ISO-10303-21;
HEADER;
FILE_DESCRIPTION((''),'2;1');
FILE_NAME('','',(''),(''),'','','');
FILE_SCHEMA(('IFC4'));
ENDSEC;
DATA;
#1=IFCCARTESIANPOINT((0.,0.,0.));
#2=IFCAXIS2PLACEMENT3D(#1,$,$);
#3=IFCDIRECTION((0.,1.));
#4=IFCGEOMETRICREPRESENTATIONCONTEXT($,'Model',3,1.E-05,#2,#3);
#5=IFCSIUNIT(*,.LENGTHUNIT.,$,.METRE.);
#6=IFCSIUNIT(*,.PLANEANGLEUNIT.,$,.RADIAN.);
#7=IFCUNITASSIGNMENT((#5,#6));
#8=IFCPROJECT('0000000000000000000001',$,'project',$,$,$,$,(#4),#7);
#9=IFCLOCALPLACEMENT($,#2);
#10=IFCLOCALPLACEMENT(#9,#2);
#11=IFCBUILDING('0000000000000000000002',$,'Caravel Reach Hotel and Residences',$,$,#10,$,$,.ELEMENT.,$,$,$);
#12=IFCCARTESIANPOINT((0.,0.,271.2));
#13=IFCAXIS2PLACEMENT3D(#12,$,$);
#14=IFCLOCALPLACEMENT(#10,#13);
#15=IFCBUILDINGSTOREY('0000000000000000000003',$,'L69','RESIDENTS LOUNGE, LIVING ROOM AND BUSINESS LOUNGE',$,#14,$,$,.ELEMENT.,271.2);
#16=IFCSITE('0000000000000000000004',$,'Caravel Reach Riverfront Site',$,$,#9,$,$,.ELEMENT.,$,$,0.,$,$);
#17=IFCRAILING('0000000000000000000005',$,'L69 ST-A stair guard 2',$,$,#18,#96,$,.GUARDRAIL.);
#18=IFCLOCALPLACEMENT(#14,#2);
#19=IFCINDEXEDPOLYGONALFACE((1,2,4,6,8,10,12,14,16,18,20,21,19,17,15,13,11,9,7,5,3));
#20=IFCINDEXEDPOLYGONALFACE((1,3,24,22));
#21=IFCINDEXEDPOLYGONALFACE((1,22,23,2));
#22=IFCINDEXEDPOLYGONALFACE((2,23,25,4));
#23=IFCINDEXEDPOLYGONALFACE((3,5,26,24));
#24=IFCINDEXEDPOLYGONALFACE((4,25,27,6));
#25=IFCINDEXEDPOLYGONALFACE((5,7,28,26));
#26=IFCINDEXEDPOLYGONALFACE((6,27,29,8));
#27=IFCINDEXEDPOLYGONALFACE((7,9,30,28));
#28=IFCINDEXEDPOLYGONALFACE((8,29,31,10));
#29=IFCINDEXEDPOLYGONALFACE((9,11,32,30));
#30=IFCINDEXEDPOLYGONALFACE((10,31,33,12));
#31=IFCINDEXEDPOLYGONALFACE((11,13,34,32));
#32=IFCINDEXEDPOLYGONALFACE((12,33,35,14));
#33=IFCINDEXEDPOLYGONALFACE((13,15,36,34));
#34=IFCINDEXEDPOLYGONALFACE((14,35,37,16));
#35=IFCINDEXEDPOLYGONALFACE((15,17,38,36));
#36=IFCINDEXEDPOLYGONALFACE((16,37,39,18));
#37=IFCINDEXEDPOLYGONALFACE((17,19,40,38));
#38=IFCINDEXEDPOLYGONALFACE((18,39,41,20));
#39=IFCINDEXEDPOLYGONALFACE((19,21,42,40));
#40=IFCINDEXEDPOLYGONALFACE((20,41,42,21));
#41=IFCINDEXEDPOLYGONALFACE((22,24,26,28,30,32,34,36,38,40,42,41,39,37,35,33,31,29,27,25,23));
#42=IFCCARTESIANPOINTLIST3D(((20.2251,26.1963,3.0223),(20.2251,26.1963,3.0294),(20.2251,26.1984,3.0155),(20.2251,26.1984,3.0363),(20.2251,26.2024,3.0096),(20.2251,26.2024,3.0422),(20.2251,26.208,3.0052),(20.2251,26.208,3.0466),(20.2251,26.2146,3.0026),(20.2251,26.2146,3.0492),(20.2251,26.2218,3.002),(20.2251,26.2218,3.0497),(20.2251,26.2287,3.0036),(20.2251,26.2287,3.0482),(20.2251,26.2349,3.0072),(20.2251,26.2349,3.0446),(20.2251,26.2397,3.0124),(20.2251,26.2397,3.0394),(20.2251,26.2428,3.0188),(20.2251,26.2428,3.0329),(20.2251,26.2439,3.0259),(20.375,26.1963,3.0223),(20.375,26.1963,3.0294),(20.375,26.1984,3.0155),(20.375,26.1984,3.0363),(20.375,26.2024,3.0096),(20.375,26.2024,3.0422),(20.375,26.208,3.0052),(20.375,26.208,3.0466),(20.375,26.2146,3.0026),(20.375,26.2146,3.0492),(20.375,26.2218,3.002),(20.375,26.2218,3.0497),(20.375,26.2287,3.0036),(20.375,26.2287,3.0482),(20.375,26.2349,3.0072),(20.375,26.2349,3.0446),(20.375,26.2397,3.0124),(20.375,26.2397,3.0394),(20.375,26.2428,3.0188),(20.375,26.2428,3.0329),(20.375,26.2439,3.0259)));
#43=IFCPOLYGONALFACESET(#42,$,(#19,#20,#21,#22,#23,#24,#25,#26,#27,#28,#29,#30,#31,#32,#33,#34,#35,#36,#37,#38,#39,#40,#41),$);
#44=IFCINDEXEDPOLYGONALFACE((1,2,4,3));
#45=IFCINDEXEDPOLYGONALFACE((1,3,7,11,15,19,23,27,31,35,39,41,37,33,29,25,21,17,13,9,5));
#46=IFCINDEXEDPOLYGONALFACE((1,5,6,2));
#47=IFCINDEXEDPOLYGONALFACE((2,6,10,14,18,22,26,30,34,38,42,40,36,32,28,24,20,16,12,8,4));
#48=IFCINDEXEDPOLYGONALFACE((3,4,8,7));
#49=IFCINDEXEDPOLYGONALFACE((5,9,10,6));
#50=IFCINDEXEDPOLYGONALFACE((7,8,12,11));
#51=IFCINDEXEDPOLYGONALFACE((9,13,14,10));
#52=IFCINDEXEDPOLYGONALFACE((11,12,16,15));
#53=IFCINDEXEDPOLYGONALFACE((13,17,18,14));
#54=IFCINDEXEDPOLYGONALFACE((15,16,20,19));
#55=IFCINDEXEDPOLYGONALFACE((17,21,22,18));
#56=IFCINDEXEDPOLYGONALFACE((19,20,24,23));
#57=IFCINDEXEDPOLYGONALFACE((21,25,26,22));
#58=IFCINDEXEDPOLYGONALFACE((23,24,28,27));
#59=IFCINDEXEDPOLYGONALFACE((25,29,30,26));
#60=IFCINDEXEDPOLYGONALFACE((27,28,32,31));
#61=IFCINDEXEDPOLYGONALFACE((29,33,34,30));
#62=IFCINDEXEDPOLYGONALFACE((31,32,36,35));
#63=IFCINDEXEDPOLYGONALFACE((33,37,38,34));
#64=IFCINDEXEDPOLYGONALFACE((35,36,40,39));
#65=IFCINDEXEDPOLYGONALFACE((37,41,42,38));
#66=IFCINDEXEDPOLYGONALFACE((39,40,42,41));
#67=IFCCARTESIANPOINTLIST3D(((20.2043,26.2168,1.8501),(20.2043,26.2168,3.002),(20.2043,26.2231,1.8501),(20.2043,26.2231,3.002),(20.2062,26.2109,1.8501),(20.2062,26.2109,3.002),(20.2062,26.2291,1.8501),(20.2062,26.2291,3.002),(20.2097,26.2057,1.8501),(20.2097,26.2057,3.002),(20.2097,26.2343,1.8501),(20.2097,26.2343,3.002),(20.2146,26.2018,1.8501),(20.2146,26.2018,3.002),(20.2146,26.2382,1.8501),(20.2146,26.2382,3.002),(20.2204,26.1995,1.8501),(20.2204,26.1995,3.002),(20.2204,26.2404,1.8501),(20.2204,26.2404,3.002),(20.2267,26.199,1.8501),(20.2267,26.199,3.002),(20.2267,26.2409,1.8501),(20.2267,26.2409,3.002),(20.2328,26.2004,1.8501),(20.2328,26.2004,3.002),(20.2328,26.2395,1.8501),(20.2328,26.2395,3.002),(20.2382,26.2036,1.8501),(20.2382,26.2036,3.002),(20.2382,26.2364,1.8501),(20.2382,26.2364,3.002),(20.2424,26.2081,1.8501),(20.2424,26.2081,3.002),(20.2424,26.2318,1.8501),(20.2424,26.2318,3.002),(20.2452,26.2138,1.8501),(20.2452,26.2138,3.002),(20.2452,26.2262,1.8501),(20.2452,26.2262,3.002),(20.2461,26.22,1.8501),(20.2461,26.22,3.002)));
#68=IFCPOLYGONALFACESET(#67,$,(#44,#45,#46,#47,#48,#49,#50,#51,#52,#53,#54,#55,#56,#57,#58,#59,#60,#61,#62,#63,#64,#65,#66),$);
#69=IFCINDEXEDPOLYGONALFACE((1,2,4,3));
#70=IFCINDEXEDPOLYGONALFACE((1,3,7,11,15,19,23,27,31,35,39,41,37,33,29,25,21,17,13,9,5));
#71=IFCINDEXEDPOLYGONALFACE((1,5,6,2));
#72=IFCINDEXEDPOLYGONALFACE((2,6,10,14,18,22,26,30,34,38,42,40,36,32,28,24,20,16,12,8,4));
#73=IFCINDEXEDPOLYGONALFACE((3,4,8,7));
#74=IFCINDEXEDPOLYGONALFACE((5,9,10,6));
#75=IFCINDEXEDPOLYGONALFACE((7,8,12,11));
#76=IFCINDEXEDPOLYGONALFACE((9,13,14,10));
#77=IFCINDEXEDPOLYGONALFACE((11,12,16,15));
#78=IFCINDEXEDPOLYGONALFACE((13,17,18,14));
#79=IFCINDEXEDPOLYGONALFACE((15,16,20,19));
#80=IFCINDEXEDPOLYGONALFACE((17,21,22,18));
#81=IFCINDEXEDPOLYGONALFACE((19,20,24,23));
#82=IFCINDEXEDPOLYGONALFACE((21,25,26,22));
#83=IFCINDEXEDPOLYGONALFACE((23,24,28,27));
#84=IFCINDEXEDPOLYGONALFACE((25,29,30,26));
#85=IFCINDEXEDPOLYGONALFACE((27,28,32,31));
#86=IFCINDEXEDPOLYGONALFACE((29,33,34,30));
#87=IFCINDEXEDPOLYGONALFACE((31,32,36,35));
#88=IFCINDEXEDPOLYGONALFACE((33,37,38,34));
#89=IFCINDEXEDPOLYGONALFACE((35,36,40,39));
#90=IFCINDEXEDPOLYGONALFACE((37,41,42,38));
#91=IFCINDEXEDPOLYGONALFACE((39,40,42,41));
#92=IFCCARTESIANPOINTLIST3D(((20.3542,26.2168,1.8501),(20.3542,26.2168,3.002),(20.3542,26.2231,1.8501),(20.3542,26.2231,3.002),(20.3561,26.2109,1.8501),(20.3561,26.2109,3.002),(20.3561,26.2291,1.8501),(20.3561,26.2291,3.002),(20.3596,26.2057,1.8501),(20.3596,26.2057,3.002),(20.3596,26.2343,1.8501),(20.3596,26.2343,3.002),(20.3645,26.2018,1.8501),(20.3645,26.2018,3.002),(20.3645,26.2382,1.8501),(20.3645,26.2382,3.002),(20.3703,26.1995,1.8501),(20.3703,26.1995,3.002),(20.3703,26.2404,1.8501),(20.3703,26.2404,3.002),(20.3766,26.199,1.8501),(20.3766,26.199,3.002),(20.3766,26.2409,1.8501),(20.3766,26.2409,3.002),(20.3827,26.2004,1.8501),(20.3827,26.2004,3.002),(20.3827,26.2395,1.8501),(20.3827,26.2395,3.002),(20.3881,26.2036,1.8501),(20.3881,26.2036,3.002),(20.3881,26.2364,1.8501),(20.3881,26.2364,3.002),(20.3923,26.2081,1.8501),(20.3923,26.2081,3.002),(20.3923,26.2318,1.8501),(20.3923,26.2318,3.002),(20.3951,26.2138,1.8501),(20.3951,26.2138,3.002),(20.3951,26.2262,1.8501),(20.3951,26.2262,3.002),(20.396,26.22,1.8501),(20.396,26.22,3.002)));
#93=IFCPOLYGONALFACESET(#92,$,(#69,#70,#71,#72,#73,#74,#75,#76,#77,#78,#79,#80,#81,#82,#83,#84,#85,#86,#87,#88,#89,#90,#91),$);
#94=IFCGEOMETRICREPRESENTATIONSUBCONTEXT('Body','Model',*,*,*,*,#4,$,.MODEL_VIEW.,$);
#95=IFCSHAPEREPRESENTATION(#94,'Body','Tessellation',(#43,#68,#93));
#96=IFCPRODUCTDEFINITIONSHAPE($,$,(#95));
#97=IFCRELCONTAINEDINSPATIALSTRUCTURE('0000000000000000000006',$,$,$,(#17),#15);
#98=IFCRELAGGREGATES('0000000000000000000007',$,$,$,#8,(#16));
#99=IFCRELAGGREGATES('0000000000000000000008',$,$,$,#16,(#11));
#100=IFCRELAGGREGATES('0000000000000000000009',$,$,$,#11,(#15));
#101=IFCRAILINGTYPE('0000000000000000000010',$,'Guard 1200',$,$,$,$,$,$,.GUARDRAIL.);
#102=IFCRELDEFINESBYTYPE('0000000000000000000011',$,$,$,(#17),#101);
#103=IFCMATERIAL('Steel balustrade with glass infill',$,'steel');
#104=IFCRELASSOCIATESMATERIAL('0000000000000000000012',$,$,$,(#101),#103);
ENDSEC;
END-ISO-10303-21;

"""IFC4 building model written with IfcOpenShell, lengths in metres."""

from ifc_helpers import new_model, si_unit, direction, frame, origin, origin_2d, place, context, subcontext, project, spatial, circle, extrude, material, type_object, element, save


model = new_model("IFC4")

# Units and contexts
model_context = context("Model", 3, precision=1e-05, world=origin(), true_north=direction((0.0, 1.0)))
body_context = subcontext(model_context, "Body", "Model", "MODEL_VIEW")
ifc_project = project(units=[si_unit("LENGTHUNIT", "METRE"), si_unit("PLANEANGLEUNIT", "RADIAN")], contexts=[model_context])

# Site, building, storey
site_placement = place(None, origin())
site = spatial("IfcSite", under=ifc_project, at=site_placement, Name="Caravel Reach Riverfront Site", CompositionType="ELEMENT", RefElevation=0.0)
building_placement = place(site_placement, origin())
building = spatial("IfcBuilding", under=site, at=building_placement, Name="Caravel Reach Hotel and Residences", CompositionType="ELEMENT")
storey_placement = place(building_placement, frame((0.0, 0.0, 271.2)))
storey = spatial("IfcBuildingStorey", under=building, at=storey_placement, Name="L69", Description="RESIDENTS LOUNGE, LIVING ROOM AND BUSINESS LOUNGE", CompositionType="ELEMENT", Elevation=271.2)

# Railing
ifc_material_1 = material(Name="Steel balustrade with glass infill", Category="steel")
railing_type = type_object("IfcRailingType", Name="Guard 1200", PredefinedType="GUARDRAIL", material=ifc_material_1)
railing_placement = place(storey_placement, frame((20.2251, 26.22, 1.8501)))
element("IfcRailing", 1, at=railing_placement, inside=storey, type_object=railing_type, Name="L69 ST-A stair guard 2", PredefinedType="GUARDRAIL", context=body_context, shape_type="SweptSolid", body=[
    extrude(circle(Radius=0.0239, at=origin_2d()), frame((0.0, 0.0, 1.1758), z_axis=(1.0, 0.0, 0.0), x_axis=(0.0, 1.0, 0.0)), (0.0, 0.0, 1.0), 0.1499),
    extrude(circle(Radius=0.021, at=origin_2d()), origin(), (0.0, 0.0, 1.0), 1.1519),
    extrude(circle(Radius=0.021, at=origin_2d()), frame((0.1499, 0.0, 0.0)), (0.0, 0.0, 1.0), 1.1519),
])

save(model, "model.ifc")
